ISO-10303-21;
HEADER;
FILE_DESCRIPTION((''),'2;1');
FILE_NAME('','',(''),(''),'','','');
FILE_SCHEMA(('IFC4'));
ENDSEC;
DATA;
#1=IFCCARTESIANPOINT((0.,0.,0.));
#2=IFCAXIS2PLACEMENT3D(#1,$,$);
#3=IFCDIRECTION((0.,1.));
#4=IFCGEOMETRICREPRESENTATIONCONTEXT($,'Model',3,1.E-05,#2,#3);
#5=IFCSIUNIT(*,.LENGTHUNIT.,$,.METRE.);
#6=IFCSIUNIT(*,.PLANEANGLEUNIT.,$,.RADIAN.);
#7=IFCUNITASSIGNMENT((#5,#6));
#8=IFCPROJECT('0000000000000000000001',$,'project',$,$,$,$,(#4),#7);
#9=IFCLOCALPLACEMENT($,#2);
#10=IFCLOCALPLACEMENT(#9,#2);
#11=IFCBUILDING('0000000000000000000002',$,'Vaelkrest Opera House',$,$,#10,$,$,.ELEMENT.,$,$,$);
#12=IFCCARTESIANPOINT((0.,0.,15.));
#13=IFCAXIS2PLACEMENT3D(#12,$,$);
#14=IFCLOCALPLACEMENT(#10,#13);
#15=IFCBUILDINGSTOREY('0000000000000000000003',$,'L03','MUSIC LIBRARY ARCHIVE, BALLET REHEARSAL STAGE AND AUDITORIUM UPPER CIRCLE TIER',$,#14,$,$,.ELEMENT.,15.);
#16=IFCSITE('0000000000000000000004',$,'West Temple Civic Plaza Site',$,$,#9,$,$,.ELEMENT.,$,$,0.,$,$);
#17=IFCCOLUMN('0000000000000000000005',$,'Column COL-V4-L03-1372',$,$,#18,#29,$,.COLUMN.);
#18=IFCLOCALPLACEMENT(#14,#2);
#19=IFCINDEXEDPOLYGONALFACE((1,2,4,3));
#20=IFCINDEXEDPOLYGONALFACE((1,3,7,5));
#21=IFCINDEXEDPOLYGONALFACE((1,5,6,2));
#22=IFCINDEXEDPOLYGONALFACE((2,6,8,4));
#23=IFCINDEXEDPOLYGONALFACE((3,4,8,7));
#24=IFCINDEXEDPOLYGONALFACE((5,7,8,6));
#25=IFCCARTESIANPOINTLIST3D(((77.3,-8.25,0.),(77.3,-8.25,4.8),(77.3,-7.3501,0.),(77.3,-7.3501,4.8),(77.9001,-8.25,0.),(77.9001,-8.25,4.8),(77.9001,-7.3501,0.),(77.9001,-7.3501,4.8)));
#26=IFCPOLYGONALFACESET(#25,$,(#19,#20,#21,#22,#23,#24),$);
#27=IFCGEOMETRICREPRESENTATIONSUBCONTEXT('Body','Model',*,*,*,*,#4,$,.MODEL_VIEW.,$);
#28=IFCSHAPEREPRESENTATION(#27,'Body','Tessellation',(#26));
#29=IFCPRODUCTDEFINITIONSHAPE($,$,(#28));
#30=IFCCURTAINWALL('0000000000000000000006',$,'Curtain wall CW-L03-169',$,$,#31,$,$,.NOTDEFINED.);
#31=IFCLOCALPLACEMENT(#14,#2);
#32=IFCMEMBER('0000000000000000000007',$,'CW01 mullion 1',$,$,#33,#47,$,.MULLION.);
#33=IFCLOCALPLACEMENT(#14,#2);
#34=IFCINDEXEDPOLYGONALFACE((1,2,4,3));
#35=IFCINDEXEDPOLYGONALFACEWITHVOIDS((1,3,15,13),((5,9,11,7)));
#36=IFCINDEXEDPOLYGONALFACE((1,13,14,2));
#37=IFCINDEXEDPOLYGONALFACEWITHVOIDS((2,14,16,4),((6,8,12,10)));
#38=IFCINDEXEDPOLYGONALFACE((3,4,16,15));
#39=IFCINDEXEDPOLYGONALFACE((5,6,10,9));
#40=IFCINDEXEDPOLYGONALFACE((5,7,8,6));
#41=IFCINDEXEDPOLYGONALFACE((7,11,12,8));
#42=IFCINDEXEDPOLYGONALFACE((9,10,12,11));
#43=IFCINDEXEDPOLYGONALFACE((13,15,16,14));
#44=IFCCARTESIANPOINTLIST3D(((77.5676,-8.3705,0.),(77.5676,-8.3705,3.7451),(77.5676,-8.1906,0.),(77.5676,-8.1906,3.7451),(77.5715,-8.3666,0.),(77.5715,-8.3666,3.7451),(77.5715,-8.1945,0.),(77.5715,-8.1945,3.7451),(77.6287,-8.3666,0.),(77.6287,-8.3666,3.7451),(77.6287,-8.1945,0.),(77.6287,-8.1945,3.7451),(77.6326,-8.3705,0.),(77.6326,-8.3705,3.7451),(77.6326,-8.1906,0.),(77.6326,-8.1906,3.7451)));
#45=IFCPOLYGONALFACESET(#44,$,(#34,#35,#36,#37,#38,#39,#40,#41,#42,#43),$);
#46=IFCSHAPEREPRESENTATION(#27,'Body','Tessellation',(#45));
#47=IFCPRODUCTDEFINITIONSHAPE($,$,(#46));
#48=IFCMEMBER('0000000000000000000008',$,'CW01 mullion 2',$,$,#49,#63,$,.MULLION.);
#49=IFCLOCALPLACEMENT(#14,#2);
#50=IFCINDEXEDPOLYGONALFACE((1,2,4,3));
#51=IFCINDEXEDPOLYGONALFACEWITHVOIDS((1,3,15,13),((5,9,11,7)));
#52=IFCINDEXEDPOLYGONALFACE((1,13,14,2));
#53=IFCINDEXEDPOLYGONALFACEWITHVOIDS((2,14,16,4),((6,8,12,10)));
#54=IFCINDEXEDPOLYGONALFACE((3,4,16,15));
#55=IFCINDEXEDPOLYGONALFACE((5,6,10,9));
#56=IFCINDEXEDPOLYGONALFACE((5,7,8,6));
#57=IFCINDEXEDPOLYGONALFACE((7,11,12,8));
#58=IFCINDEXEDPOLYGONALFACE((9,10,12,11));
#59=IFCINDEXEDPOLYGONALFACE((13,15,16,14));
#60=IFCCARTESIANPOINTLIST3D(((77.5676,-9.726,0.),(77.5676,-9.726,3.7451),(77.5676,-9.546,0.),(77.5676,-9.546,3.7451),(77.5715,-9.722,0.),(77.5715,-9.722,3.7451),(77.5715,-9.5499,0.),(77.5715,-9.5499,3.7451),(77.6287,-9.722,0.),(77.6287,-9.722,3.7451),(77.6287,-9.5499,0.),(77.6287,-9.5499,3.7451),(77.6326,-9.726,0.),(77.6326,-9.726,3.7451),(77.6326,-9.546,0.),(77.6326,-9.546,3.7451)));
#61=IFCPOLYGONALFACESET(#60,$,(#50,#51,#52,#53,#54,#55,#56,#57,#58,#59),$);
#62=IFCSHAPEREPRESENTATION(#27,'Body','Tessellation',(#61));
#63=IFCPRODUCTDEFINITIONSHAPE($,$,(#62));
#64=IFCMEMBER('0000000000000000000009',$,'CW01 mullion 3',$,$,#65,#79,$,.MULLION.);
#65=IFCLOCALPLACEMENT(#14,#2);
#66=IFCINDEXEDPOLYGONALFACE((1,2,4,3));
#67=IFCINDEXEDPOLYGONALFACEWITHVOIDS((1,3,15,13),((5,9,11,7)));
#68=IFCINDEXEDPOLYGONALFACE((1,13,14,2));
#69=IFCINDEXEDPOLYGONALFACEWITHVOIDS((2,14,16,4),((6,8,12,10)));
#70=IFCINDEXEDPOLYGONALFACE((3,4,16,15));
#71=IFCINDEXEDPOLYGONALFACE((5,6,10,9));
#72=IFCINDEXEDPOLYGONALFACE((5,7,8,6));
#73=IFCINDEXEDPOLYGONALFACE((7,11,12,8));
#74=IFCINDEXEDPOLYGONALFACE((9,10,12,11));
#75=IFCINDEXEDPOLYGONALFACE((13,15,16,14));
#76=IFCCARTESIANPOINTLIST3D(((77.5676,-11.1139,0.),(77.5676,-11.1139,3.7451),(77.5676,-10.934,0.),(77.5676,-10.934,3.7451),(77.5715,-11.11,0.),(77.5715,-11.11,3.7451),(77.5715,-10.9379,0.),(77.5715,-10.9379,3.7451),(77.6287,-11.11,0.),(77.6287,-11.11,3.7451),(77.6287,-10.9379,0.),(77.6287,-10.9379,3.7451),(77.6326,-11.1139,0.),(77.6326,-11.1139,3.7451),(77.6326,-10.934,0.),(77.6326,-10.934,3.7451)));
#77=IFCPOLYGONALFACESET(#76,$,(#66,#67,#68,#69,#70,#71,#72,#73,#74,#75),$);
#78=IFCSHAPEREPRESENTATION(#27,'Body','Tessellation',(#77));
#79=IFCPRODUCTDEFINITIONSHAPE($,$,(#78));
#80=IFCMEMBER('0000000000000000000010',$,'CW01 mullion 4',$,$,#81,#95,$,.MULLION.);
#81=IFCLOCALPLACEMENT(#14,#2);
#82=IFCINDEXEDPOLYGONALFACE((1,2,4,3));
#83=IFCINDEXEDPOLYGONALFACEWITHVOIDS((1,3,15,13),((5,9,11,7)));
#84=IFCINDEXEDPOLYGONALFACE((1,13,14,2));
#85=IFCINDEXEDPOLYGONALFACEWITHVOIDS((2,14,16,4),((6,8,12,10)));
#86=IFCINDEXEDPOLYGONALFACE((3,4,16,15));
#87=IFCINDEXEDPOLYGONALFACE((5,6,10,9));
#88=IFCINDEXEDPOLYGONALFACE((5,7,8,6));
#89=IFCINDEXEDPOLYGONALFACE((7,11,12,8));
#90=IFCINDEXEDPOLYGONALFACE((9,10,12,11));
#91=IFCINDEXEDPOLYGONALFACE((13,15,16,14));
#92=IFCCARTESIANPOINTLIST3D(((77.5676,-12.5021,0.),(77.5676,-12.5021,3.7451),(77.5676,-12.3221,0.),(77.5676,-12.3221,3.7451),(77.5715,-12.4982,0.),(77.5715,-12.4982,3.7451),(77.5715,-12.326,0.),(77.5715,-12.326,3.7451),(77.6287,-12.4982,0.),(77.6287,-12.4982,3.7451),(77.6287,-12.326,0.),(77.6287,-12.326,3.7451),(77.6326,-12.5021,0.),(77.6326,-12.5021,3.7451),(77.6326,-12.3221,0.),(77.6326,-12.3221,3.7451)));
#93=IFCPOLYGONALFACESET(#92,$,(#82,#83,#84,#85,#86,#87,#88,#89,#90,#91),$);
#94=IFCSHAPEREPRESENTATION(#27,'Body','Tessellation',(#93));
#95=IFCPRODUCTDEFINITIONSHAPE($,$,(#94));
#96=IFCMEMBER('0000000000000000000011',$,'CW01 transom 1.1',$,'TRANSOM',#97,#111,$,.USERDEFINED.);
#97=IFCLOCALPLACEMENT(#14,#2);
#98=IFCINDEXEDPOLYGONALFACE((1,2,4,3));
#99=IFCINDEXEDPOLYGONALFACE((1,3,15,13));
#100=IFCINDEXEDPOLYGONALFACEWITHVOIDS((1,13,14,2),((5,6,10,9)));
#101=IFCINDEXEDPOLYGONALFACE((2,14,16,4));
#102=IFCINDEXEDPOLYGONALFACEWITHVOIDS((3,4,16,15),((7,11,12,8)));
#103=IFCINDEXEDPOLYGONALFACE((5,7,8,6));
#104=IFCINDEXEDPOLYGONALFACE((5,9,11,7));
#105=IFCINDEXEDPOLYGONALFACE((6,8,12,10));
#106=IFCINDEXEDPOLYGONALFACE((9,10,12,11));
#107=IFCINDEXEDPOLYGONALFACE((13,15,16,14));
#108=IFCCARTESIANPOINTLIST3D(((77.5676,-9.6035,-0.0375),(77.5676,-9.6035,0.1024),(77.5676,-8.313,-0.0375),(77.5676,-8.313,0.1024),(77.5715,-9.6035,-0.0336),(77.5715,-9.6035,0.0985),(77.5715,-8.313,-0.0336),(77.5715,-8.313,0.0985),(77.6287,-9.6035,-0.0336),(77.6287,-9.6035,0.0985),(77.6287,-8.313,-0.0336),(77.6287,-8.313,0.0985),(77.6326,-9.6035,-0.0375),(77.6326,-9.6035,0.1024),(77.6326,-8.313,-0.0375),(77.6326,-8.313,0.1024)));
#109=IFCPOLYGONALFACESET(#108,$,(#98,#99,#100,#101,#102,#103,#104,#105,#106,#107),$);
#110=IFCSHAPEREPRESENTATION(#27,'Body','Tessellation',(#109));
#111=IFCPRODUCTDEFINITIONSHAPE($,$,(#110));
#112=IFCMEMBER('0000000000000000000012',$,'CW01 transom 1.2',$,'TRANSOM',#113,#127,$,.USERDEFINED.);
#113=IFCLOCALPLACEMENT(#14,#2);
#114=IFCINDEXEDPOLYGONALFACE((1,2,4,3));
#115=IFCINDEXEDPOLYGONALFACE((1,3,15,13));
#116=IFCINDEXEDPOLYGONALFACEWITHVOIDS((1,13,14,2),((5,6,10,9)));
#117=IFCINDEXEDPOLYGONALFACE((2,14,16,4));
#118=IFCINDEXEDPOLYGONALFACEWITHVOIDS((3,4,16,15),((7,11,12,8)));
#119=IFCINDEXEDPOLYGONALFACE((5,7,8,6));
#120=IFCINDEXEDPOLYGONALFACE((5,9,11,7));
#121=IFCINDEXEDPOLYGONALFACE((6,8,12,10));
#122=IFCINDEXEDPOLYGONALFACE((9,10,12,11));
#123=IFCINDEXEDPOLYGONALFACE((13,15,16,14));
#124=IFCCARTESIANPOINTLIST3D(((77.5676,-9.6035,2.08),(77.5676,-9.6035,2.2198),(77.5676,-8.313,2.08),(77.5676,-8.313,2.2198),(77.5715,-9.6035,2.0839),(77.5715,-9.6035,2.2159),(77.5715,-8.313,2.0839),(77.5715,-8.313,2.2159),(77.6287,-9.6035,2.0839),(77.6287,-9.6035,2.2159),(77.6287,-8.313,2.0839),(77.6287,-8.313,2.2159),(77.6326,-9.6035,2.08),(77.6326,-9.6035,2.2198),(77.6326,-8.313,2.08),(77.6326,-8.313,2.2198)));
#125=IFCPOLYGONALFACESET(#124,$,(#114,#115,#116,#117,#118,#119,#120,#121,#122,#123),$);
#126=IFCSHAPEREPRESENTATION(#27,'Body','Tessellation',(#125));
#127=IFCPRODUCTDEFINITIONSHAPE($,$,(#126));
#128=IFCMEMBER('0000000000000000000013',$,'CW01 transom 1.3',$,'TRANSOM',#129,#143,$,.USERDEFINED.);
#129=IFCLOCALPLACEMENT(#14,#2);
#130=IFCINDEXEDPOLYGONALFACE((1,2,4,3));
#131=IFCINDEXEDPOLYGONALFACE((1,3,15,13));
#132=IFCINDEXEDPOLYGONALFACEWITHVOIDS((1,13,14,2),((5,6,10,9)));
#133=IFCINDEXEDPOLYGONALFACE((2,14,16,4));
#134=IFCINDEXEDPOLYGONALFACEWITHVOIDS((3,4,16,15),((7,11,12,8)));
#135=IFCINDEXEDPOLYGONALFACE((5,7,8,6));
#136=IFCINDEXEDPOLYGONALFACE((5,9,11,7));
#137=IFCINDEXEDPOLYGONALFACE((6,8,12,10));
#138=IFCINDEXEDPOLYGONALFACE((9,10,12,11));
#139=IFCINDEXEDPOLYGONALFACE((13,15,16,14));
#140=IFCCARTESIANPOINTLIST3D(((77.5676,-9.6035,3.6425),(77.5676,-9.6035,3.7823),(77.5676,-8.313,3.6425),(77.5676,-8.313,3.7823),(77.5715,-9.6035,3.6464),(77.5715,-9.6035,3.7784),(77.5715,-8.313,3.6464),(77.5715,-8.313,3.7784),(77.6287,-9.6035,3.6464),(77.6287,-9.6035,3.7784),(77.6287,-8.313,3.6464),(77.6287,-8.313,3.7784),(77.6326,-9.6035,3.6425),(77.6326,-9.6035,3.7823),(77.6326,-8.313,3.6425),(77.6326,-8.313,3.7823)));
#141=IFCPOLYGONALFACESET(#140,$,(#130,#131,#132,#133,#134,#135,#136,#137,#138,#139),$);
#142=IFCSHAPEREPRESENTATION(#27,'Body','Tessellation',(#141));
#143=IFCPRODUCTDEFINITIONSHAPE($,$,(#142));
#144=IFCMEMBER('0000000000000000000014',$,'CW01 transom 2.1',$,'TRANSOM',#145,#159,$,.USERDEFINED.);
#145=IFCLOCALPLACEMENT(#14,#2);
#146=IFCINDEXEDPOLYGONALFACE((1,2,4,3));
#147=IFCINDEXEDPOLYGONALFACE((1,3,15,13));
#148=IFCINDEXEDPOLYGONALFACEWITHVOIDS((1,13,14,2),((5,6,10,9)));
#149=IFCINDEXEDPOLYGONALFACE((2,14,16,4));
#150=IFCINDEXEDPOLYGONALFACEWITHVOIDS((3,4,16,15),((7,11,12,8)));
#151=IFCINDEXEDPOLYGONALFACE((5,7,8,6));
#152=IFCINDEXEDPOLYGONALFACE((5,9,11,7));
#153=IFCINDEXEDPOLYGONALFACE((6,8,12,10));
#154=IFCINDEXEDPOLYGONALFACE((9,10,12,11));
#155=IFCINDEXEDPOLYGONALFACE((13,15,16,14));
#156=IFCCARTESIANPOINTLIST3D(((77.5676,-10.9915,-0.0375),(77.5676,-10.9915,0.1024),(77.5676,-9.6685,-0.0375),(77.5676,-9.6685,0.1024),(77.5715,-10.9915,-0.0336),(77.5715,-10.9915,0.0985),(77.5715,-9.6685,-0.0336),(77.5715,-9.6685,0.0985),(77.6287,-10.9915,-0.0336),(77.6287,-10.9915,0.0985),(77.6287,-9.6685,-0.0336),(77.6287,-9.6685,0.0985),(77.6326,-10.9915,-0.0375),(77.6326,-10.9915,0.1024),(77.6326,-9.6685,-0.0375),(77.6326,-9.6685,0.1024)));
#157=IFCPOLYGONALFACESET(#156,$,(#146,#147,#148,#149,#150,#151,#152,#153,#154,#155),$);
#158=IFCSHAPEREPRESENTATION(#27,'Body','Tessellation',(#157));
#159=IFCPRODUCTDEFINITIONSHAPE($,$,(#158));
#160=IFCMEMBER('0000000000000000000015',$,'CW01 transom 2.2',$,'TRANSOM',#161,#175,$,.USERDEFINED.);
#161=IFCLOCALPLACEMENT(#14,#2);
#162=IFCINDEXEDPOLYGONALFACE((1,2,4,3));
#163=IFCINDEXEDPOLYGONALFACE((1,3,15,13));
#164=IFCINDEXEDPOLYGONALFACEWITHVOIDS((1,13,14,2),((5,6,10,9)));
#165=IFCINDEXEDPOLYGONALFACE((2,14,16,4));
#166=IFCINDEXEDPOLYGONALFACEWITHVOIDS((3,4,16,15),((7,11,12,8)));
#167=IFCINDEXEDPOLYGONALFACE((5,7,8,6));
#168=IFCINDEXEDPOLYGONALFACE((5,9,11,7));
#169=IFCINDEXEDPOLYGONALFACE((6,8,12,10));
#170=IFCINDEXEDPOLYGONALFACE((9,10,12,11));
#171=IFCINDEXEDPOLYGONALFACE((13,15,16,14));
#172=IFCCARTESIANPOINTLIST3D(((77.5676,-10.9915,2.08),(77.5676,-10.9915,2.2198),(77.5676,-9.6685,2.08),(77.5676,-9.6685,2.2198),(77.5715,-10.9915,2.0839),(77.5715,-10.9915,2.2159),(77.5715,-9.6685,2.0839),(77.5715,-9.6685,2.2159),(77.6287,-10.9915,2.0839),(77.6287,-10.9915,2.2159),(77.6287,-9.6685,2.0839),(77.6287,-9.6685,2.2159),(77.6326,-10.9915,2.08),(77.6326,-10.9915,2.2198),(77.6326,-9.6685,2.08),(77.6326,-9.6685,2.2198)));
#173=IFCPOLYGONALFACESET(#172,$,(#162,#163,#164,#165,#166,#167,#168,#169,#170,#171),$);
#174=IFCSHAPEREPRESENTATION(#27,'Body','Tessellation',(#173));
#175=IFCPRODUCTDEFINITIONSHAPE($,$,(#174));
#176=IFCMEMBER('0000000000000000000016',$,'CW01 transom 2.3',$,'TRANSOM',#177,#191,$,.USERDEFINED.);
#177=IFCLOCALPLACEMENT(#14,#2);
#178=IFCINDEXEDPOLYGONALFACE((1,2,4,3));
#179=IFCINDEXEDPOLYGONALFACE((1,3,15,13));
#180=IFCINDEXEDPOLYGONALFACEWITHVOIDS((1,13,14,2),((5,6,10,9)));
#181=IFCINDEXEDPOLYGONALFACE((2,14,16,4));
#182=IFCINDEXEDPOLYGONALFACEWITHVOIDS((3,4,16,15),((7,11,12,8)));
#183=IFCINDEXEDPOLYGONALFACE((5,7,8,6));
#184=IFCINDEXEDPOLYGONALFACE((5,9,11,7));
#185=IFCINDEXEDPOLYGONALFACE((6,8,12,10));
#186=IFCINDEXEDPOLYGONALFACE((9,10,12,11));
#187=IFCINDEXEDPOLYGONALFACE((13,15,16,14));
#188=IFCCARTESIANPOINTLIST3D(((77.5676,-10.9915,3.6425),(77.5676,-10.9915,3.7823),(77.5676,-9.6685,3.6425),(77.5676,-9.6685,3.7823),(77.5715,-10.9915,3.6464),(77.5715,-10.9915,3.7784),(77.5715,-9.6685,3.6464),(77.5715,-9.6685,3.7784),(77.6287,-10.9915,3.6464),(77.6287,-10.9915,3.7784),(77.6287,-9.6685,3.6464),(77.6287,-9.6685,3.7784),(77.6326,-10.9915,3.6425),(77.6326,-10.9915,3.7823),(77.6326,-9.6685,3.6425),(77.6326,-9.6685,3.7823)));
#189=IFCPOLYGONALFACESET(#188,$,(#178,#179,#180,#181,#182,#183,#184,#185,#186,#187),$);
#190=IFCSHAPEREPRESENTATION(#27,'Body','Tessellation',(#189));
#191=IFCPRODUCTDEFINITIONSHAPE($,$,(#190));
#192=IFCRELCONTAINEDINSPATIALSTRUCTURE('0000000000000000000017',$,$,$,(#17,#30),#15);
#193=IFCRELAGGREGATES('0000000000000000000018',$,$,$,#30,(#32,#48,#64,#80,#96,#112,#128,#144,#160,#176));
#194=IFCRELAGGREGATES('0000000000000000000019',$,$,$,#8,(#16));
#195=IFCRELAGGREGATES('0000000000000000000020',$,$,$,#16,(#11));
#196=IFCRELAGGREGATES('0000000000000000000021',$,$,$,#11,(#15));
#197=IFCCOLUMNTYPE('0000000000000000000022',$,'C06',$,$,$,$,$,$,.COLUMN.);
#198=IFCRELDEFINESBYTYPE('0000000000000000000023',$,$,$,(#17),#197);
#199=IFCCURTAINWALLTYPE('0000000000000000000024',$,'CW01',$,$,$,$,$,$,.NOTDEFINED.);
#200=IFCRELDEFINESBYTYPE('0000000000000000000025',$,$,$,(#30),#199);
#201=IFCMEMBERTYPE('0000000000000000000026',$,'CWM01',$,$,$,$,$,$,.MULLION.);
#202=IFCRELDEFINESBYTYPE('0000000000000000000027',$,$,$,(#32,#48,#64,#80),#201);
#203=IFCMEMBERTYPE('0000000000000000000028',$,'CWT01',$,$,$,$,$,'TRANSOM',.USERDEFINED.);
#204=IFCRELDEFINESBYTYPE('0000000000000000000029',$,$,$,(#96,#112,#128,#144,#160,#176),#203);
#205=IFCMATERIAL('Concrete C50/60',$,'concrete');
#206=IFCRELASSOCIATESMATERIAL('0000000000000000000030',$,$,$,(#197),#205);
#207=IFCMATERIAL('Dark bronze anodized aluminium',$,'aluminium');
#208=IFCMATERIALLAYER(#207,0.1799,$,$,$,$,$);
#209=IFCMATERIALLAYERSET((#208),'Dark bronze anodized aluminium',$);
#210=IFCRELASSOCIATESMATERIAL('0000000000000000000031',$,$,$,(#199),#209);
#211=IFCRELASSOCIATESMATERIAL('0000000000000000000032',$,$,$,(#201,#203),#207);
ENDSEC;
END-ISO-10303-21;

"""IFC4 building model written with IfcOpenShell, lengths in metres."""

from ifc_helpers import new_model, si_unit, direction, frame, origin, origin_2d, place, context, subcontext, project, spatial, rectangle, hollow_rectangle, extrude, material, layer, layer_set, material_profile, profile_set, type_object, element, aggregate, save


model = new_model("IFC4")

# Units and contexts
model_context = context("Model", 3, precision=1e-05, world=origin(), true_north=direction((0.0, 1.0)))
body_context = subcontext(model_context, "Body", "Model", "MODEL_VIEW")
ifc_project = project(units=[si_unit("LENGTHUNIT", "METRE"), si_unit("PLANEANGLEUNIT", "RADIAN")], contexts=[model_context])

# Site, building, storey
site_placement = place(None, origin())
site = spatial("IfcSite", under=ifc_project, at=site_placement, Name="West Temple Civic Plaza Site", CompositionType="ELEMENT", RefElevation=0.0)
building_placement = place(site_placement, origin())
building = spatial("IfcBuilding", under=site, at=building_placement, Name="Vaelkrest Opera House", CompositionType="ELEMENT")
storey_placement = place(building_placement, frame((0.0, 0.0, 15.0)))
storey = spatial("IfcBuildingStorey", under=building, at=storey_placement, Name="L03", Description="MUSIC LIBRARY ARCHIVE, BALLET REHEARSAL STAGE AND AUDITORIUM UPPER CIRCLE TIER", CompositionType="ELEMENT", Elevation=15.0)

# Column
ifc_material_1 = material(Name="Concrete C50/60", Category="concrete")
ifc_material_profile_1 = material_profile(ifc_material_1, rectangle(XDim=0.6001, YDim=0.8999, at=origin_2d()), Name="RC600X900")
ifc_profile_set_1 = profile_set([ifc_material_profile_1], Name="Concrete C50/60")
column_type = type_object("IfcColumnType", Name="C06", PredefinedType="COLUMN", material=ifc_profile_set_1)
column_placement = place(storey_placement, frame((77.6001, -7.8, 0.0), z_axis=(0.0, 0.0, 1.0), x_axis=(1.0, 0.0, 0.0)))
element("IfcColumn", 1, at=column_placement, inside=storey, type_object=column_type, Name="Column COL-V4-L03-1372", PredefinedType="COLUMN", context=body_context, shape_type="SweptSolid", body=[
    extrude(rectangle(XDim=0.6001, YDim=0.8999, at=origin_2d()), origin(), (0.0, 0.0, 1.0), 4.8),
])

# Curtain wall, members
ifc_material_2 = material(Name="Dark bronze anodized aluminium", Category="aluminium")
ifc_layer_1 = layer(ifc_material_2, 0.1799)
ifc_layer_set_1 = layer_set([ifc_layer_1], Name="Dark bronze anodized aluminium")
curtain_wall_type = type_object("IfcCurtainWallType", Name="CW01", PredefinedType="NOTDEFINED", material=ifc_layer_set_1)
curtain_wall_placement = place(storey_placement, origin())
curtain_wall = element("IfcCurtainWall", 2, at=curtain_wall_placement, inside=storey, type_object=curtain_wall_type, Name="Curtain wall CW-L03-169", PredefinedType="NOTDEFINED")
ifc_material_profile_2 = material_profile(ifc_material_2, hollow_rectangle(XDim=0.0649, YDim=0.1799, WallThickness=0.0039, at=origin_2d()), Name="CWM65X180")
ifc_profile_set_2 = profile_set([ifc_material_profile_2], Name="Dark bronze anodized aluminium")
member_type_1 = type_object("IfcMemberType", Name="CWM01", PredefinedType="MULLION", material=ifc_profile_set_2)
member_1_placement = place(storey_placement, frame((77.6001, -8.2805, 0.0), z_axis=(0.0, 0.0, 1.0), x_axis=(1.0, 0.0, 0.0)))
member_1 = element("IfcMember", 3, at=member_1_placement, type_object=member_type_1, Name="CW01 mullion 1", PredefinedType="MULLION", context=body_context, shape_type="SweptSolid", body=[
    extrude(hollow_rectangle(XDim=0.0649, YDim=0.1799, WallThickness=0.0039, at=origin_2d()), origin(), (0.0, 0.0, 1.0), 3.7451),
])
member_2_placement = place(storey_placement, frame((77.6001, -9.636, 0.0), z_axis=(0.0, 0.0, 1.0), x_axis=(1.0, 0.0, 0.0)))
member_2 = element("IfcMember", 4, at=member_2_placement, type_object=member_type_1, Name="CW01 mullion 2", PredefinedType="MULLION", context=body_context, shape_type="SweptSolid", body=[
    extrude(hollow_rectangle(XDim=0.0649, YDim=0.1799, WallThickness=0.0039, at=origin_2d()), origin(), (0.0, 0.0, 1.0), 3.7451),
])
member_3_placement = place(storey_placement, frame((77.6001, -11.0239, 0.0), z_axis=(0.0, 0.0, 1.0), x_axis=(1.0, 0.0, 0.0)))
member_3 = element("IfcMember", 5, at=member_3_placement, type_object=member_type_1, Name="CW01 mullion 3", PredefinedType="MULLION", context=body_context, shape_type="SweptSolid", body=[
    extrude(hollow_rectangle(XDim=0.0649, YDim=0.1799, WallThickness=0.0039, at=origin_2d()), origin(), (0.0, 0.0, 1.0), 3.7451),
])
member_4_placement = place(storey_placement, frame((77.6001, -12.4121, 0.0), z_axis=(0.0, 0.0, 1.0), x_axis=(1.0, 0.0, 0.0)))
member_4 = element("IfcMember", 6, at=member_4_placement, type_object=member_type_1, Name="CW01 mullion 4", PredefinedType="MULLION", context=body_context, shape_type="SweptSolid", body=[
    extrude(hollow_rectangle(XDim=0.0649, YDim=0.1799, WallThickness=0.0039, at=origin_2d()), origin(), (0.0, 0.0, 1.0), 3.7451),
])
ifc_material_profile_3 = material_profile(ifc_material_2, hollow_rectangle(XDim=0.0649, YDim=0.1399, WallThickness=0.0039, at=origin_2d()), Name="CWT65X140")
ifc_profile_set_3 = profile_set([ifc_material_profile_3], Name="Dark bronze anodized aluminium")
member_type_2 = type_object("IfcMemberType", Name="CWT01", ElementType="TRANSOM", PredefinedType="USERDEFINED", material=ifc_profile_set_3)
member_5_placement = place(storey_placement, frame((77.6001, -8.313, 0.0325), z_axis=(0.0, -1.0, 0.0), x_axis=(1.0, 0.0, 0.0)))
member_5 = element("IfcMember", 7, at=member_5_placement, type_object=member_type_2, Name="CW01 transom 1.1", ObjectType="TRANSOM", PredefinedType="USERDEFINED", context=body_context, shape_type="SweptSolid", body=[
    extrude(hollow_rectangle(XDim=0.0649, YDim=0.1399, WallThickness=0.0039, at=origin_2d()), origin(), (0.0, 0.0, 1.0), 1.2905),
])
member_6_placement = place(storey_placement, frame((77.6001, -8.313, 2.1499), z_axis=(0.0, -1.0, 0.0), x_axis=(1.0, 0.0, 0.0)))
member_6 = element("IfcMember", 8, at=member_6_placement, type_object=member_type_2, Name="CW01 transom 1.2", ObjectType="TRANSOM", PredefinedType="USERDEFINED", context=body_context, shape_type="SweptSolid", body=[
    extrude(hollow_rectangle(XDim=0.0649, YDim=0.1399, WallThickness=0.0039, at=origin_2d()), origin(), (0.0, 0.0, 1.0), 1.2905),
])
member_7_placement = place(storey_placement, frame((77.6001, -8.313, 3.7124), z_axis=(0.0, -1.0, 0.0), x_axis=(1.0, 0.0, 0.0)))
member_7 = element("IfcMember", 9, at=member_7_placement, type_object=member_type_2, Name="CW01 transom 1.3", ObjectType="TRANSOM", PredefinedType="USERDEFINED", context=body_context, shape_type="SweptSolid", body=[
    extrude(hollow_rectangle(XDim=0.0649, YDim=0.1399, WallThickness=0.0039, at=origin_2d()), origin(), (0.0, 0.0, 1.0), 1.2905),
])
member_8_placement = place(storey_placement, frame((77.6001, -9.6685, 0.0325), z_axis=(0.0, -1.0, 0.0), x_axis=(1.0, 0.0, 0.0)))
member_8 = element("IfcMember", 10, at=member_8_placement, type_object=member_type_2, Name="CW01 transom 2.1", ObjectType="TRANSOM", PredefinedType="USERDEFINED", context=body_context, shape_type="SweptSolid", body=[
    extrude(hollow_rectangle(XDim=0.0649, YDim=0.1399, WallThickness=0.0039, at=origin_2d()), origin(), (0.0, 0.0, 1.0), 1.323),
])
member_9_placement = place(storey_placement, frame((77.6001, -9.6685, 2.1499), z_axis=(0.0, -1.0, 0.0), x_axis=(1.0, 0.0, 0.0)))
member_9 = element("IfcMember", 11, at=member_9_placement, type_object=member_type_2, Name="CW01 transom 2.2", ObjectType="TRANSOM", PredefinedType="USERDEFINED", context=body_context, shape_type="SweptSolid", body=[
    extrude(hollow_rectangle(XDim=0.0649, YDim=0.1399, WallThickness=0.0039, at=origin_2d()), origin(), (0.0, 0.0, 1.0), 1.323),
])
member_10_placement = place(storey_placement, frame((77.6001, -9.6685, 3.7124), z_axis=(0.0, -1.0, 0.0), x_axis=(1.0, 0.0, 0.0)))
member_10 = element("IfcMember", 12, at=member_10_placement, type_object=member_type_2, Name="CW01 transom 2.3", ObjectType="TRANSOM", PredefinedType="USERDEFINED", context=body_context, shape_type="SweptSolid", body=[
    extrude(hollow_rectangle(XDim=0.0649, YDim=0.1399, WallThickness=0.0039, at=origin_2d()), origin(), (0.0, 0.0, 1.0), 1.323),
])
aggregate(curtain_wall, [member_1, member_2, member_3, member_4, member_5, member_6, member_7, member_8, member_9, member_10])

save(model, "model.ifc")
